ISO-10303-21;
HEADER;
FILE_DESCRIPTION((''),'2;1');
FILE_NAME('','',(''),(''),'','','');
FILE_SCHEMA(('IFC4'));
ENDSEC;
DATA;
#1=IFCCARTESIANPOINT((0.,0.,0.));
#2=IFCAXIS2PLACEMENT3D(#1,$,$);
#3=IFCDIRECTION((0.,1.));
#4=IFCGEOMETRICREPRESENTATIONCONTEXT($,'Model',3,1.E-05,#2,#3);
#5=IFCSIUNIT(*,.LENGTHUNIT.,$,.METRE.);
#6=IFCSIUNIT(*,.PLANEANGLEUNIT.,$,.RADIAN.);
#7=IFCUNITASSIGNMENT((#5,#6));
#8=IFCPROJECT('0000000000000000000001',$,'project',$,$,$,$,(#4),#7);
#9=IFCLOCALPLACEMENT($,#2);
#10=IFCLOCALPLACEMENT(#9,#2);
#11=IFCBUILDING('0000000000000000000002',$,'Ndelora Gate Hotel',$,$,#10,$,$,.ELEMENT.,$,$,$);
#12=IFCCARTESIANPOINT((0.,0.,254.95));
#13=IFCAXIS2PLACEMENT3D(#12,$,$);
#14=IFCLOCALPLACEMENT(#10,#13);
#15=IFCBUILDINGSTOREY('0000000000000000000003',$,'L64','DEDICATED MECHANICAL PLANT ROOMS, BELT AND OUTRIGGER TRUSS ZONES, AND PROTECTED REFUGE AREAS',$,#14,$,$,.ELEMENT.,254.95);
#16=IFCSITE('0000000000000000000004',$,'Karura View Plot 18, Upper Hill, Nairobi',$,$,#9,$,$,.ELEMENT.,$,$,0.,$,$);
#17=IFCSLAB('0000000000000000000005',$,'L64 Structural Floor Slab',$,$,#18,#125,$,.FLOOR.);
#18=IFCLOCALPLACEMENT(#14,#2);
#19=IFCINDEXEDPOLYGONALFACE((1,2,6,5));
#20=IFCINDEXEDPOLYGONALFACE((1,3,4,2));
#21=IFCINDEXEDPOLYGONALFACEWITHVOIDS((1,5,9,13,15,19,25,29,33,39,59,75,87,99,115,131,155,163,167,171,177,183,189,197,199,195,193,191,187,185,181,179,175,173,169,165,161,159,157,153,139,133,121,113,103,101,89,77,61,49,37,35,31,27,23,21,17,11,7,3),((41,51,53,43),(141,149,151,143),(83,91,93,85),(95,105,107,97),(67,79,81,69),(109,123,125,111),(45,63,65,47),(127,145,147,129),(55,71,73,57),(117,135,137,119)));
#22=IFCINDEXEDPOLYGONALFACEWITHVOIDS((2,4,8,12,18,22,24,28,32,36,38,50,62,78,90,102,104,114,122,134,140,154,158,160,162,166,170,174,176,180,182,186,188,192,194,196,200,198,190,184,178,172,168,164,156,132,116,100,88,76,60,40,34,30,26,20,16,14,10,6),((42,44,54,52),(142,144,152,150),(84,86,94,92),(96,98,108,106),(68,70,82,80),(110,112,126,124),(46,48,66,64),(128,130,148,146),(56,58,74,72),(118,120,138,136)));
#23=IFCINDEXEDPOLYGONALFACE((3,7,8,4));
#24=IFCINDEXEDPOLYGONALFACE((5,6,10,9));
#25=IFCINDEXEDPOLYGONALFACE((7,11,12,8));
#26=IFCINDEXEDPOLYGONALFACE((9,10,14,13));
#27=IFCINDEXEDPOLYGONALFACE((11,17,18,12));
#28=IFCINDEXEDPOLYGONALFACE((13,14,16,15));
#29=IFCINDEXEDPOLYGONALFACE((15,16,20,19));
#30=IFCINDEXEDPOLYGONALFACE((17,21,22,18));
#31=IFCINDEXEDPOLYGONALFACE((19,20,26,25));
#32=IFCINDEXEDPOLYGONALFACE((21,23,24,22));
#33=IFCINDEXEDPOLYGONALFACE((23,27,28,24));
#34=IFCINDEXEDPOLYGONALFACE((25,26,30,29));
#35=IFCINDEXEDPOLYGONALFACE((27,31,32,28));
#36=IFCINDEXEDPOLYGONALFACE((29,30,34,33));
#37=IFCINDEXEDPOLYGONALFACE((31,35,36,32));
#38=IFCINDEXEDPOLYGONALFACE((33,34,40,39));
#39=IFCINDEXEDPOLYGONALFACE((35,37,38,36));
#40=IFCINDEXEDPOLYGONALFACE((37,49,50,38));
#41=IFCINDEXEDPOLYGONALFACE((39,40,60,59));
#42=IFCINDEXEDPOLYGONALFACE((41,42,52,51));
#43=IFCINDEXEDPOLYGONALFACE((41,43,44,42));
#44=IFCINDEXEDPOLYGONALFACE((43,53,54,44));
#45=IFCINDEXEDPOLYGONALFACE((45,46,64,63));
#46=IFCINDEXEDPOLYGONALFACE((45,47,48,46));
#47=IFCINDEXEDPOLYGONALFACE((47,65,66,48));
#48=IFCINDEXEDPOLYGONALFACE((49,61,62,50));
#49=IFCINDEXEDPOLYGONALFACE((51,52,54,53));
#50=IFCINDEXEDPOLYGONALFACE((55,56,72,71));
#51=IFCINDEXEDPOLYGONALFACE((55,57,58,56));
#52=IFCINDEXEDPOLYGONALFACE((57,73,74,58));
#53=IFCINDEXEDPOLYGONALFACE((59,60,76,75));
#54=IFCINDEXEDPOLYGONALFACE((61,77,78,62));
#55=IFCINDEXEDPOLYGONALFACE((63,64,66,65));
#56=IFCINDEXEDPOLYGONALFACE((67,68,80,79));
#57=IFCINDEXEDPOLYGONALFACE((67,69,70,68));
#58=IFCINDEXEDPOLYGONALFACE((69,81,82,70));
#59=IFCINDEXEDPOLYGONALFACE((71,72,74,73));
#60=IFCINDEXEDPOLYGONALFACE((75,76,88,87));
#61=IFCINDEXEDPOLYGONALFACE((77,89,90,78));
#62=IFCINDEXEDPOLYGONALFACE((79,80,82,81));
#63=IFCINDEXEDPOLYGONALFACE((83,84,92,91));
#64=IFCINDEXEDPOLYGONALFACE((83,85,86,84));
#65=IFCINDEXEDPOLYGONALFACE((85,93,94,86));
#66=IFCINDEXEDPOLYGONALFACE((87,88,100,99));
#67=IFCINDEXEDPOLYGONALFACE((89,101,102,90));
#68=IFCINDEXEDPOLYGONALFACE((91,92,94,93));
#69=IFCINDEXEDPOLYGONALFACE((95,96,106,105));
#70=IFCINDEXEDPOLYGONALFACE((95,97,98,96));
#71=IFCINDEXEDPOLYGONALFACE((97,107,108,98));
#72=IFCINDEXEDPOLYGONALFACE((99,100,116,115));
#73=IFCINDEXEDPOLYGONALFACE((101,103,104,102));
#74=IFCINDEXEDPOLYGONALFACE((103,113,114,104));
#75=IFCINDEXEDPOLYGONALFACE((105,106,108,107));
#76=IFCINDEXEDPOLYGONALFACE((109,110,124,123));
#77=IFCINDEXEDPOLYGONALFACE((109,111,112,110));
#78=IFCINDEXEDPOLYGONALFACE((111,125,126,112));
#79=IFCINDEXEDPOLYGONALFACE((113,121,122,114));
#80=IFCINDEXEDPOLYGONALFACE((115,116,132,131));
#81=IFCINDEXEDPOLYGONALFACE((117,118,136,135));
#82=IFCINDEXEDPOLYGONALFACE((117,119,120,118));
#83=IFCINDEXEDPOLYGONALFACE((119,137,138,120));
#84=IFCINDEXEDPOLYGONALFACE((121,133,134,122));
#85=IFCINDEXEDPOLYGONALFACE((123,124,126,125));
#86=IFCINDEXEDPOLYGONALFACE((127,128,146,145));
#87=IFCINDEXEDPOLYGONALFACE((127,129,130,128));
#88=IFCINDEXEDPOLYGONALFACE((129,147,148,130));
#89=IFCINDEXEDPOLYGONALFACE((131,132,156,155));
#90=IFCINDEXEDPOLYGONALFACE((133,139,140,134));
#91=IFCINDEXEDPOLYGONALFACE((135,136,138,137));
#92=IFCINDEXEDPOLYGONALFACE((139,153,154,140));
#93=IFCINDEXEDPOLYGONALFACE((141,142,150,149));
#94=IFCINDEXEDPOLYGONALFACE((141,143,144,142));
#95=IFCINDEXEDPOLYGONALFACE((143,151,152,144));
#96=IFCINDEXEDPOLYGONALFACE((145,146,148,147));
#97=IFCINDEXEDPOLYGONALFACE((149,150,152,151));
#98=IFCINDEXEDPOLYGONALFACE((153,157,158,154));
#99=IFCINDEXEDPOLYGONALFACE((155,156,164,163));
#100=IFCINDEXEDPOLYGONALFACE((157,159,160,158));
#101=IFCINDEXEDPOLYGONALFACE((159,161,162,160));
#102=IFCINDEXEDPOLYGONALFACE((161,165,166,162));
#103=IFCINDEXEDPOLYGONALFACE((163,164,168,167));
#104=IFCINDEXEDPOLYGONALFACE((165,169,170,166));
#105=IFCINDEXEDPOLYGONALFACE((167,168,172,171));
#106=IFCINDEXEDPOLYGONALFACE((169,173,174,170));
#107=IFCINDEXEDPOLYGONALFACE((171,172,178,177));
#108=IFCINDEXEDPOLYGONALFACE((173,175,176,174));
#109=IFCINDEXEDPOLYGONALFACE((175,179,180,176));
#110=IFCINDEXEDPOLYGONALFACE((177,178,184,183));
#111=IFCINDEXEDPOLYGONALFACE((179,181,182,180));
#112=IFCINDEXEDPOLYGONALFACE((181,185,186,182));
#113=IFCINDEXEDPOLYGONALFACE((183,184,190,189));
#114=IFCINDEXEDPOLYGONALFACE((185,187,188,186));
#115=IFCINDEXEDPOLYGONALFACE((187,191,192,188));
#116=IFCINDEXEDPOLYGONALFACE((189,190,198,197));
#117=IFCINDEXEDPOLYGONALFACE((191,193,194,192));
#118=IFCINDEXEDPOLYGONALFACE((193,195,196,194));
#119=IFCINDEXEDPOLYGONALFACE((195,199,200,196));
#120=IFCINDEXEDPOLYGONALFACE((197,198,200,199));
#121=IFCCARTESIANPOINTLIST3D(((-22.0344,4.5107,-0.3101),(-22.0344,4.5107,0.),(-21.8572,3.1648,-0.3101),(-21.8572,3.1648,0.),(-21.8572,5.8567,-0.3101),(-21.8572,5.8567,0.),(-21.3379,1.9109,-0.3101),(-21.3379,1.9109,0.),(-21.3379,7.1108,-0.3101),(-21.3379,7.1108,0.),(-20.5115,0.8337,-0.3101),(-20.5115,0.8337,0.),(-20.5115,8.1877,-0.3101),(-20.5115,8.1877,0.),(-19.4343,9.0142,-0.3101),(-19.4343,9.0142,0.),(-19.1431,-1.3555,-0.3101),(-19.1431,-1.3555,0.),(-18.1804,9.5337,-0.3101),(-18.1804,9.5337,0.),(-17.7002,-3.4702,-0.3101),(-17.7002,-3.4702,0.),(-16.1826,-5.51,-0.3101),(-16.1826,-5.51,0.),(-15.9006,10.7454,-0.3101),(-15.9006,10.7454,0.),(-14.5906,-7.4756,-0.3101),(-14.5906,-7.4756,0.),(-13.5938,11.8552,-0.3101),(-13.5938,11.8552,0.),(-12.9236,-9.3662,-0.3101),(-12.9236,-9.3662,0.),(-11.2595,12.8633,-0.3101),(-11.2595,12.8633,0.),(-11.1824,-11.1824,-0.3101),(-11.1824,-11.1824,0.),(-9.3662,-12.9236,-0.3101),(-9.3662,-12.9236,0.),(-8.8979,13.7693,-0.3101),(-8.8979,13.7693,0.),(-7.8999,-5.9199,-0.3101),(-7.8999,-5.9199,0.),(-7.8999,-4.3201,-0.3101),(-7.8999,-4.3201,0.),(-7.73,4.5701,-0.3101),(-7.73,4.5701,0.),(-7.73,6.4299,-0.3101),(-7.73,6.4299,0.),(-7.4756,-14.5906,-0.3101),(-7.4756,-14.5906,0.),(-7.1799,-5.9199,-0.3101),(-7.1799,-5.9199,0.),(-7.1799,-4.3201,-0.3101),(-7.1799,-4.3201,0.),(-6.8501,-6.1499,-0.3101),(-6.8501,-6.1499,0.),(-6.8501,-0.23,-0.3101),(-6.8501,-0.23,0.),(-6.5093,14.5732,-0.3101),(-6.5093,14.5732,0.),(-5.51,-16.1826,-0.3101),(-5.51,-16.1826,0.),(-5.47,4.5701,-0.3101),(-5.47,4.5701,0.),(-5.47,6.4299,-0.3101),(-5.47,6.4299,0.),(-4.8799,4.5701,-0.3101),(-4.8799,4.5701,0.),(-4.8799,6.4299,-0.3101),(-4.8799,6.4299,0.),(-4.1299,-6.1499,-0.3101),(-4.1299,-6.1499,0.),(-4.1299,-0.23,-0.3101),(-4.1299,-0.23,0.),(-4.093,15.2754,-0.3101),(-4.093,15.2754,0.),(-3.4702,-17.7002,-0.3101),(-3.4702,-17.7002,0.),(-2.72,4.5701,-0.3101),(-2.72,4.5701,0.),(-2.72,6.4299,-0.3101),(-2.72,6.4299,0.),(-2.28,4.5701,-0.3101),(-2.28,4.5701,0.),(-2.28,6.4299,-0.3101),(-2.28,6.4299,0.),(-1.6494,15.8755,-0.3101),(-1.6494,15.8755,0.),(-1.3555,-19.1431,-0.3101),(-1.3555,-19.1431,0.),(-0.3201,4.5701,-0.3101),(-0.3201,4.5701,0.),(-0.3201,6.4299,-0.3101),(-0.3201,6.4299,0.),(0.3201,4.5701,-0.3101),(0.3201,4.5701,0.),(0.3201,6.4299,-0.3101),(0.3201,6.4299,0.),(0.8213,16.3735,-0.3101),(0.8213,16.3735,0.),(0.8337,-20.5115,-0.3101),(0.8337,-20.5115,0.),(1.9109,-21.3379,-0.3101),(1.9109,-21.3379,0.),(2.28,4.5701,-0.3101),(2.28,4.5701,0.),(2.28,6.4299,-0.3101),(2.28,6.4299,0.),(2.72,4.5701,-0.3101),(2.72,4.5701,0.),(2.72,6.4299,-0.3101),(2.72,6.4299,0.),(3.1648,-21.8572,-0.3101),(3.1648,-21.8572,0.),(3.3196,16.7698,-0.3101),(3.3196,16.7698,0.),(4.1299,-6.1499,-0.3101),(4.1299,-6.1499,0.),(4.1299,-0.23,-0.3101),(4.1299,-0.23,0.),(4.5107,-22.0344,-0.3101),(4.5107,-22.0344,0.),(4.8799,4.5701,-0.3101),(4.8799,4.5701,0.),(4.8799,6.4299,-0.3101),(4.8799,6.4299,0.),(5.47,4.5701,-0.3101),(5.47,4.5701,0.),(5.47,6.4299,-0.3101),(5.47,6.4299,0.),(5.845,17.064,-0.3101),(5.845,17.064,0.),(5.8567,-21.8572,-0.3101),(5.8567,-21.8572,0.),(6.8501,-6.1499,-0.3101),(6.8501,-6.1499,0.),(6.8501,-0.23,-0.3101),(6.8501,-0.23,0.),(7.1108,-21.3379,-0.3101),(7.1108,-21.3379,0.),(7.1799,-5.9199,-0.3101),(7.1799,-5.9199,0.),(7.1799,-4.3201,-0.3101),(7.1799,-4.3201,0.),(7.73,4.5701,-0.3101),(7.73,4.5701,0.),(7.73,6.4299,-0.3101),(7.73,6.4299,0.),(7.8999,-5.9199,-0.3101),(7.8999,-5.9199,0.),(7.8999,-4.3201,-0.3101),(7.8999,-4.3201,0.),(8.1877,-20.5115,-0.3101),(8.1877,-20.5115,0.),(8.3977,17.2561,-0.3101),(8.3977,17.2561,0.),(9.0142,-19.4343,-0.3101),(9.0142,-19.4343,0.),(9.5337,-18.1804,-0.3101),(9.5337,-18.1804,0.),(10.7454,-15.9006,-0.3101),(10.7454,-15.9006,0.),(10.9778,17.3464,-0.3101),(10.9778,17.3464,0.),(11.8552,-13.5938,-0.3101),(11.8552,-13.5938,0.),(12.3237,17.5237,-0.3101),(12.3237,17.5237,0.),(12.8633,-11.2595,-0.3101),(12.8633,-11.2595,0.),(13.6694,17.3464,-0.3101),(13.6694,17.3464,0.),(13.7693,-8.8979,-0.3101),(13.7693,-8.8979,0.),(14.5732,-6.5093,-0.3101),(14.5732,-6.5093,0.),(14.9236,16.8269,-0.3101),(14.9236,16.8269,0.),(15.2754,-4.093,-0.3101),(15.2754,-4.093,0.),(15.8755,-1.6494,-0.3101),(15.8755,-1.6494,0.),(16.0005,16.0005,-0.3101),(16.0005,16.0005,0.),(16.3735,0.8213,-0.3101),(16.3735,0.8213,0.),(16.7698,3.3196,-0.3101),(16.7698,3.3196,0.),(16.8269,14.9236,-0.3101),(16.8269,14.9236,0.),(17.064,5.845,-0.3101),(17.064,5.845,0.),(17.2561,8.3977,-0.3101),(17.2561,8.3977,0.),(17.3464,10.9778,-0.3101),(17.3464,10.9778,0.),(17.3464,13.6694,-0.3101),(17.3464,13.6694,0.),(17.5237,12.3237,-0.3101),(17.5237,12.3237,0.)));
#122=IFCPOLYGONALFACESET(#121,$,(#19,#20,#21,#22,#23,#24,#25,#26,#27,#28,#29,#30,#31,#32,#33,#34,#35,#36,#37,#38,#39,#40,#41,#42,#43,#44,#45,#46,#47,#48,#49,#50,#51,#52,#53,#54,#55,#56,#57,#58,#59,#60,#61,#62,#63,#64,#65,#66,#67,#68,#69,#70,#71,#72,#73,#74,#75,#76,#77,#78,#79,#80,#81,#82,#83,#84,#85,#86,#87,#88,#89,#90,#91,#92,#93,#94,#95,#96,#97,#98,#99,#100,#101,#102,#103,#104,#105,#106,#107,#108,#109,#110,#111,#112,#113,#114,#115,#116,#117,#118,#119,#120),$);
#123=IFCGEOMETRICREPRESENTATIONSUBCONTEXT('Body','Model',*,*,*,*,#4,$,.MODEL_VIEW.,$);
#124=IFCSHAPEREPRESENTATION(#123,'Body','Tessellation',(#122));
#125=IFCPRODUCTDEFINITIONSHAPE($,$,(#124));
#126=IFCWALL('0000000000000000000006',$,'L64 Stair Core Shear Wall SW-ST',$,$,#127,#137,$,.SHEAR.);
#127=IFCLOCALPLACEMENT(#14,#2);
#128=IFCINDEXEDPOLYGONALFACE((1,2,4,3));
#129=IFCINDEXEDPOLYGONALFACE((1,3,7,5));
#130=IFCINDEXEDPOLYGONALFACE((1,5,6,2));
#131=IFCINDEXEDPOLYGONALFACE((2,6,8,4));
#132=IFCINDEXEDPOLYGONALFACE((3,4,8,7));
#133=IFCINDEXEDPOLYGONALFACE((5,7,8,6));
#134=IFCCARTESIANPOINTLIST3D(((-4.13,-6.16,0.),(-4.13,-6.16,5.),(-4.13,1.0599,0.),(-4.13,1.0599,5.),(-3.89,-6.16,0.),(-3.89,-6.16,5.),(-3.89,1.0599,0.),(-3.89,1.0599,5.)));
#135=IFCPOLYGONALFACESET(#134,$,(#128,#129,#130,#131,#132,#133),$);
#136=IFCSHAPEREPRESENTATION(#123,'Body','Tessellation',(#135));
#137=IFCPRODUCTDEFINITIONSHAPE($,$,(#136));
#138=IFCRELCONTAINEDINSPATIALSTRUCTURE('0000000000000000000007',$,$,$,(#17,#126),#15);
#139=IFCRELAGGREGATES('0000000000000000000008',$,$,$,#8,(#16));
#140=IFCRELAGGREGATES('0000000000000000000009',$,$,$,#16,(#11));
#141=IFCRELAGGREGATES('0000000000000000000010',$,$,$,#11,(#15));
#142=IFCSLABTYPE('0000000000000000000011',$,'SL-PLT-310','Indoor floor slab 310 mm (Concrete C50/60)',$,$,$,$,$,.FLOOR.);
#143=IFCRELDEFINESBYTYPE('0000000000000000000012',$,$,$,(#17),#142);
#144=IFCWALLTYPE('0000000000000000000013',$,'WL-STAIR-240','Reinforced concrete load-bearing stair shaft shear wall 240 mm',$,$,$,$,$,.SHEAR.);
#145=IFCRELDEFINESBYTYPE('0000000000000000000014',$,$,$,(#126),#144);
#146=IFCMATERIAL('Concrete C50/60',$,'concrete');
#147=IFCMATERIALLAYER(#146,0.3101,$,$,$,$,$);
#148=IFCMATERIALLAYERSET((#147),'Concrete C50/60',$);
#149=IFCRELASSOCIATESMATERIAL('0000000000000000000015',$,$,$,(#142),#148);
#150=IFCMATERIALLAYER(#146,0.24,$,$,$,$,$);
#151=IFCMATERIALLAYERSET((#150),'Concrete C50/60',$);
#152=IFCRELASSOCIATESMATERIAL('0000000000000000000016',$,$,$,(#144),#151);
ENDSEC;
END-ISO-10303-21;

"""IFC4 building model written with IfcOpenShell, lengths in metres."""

from ifc_helpers import new_model, si_unit, direction, frame, frame_2d, origin, place, context, subcontext, project, spatial, polyline, rectangle, outline, extrude, material, layer, layer_set, type_object, element, save


model = new_model("IFC4")

# Units and contexts
model_context = context("Model", 3, precision=1e-05, world=origin(), true_north=direction((0.0, 1.0)))
body_context = subcontext(model_context, "Body", "Model", "MODEL_VIEW")
ifc_project = project(units=[si_unit("LENGTHUNIT", "METRE"), si_unit("PLANEANGLEUNIT", "RADIAN")], contexts=[model_context])

# Site, building, storey
site_placement = place(None, origin())
site = spatial("IfcSite", under=ifc_project, at=site_placement, Name="Karura View Plot 18, Upper Hill, Nairobi", CompositionType="ELEMENT", RefElevation=0.0)
building_placement = place(site_placement, origin())
building = spatial("IfcBuilding", under=site, at=building_placement, Name="Ndelora Gate Hotel", CompositionType="ELEMENT")
storey_placement = place(building_placement, frame((0.0, 0.0, 254.95)))
storey = spatial("IfcBuildingStorey", under=building, at=storey_placement, Name="L64", Description="DEDICATED MECHANICAL PLANT ROOMS, BELT AND OUTRIGGER TRUSS ZONES, AND PROTECTED REFUGE AREAS", CompositionType="ELEMENT", Elevation=254.95)

# Slab
ifc_material_1 = material(Name="Concrete C50/60", Category="concrete")
ifc_layer_1 = layer(ifc_material_1, 0.3101)
ifc_layer_set_1 = layer_set([ifc_layer_1], Name="Concrete C50/60")
slab_type_1 = type_object("IfcSlabType", Name="SL-PLT-310", Description="Indoor floor slab 310 mm (Concrete C50/60)", PredefinedType="FLOOR", material=ifc_layer_set_1)
slab_1_placement = place(storey_placement, frame((0.0, 0.0, -0.3101)))
element("IfcSlab", 1, at=slab_1_placement, inside=storey, type_object=slab_type_1, Name="L64 Structural Floor Slab", PredefinedType="FLOOR", context=body_context, shape_type="SweptSolid", body=[
    extrude(outline(polyline([(-18.1804, 9.5337), (-19.4343, 9.0142), (-20.5115, 8.1877), (-21.3379, 7.1108), (-21.8572, 5.8567), (-22.0344, 4.5107), (-21.8572, 3.1648), (-21.3379, 1.9109), (-20.5115, 0.8337), (-19.1431, -1.3555), (-17.7002, -3.4702), (-16.1826, -5.51), (-14.5906, -7.4756), (-12.9236, -9.3662), (-11.1824, -11.1824), (-9.3662, -12.9236), (-7.4756, -14.5906), (-5.51, -16.1826), (-3.4702, -17.7002), (-1.3555, -19.1431), (0.8337, -20.5115), (1.9109, -21.3379), (3.1648, -21.8572), (4.5107, -22.0344), (5.8567, -21.8572), (7.1108, -21.3379), (8.1877, -20.5115), (9.0142, -19.4343), (9.5337, -18.1804), (10.7454, -15.9006), (11.8552, -13.5938), (12.8633, -11.2595), (13.7693, -8.8979), (14.5732, -6.5093), (15.2754, -4.093), (15.8755, -1.6494), (16.3735, 0.8213), (16.7698, 3.3196), (17.064, 5.845), (17.2561, 8.3977), (17.3464, 10.9778), (17.5237, 12.3237), (17.3464, 13.6694), (16.8269, 14.9236), (16.0005, 16.0005), (14.9236, 16.8269), (13.6694, 17.3464), (12.3237, 17.5237), (10.9778, 17.3464), (8.3977, 17.2561), (5.845, 17.064), (3.3196, 16.7698), (0.8213, 16.3735), (-1.6494, 15.8755), (-4.093, 15.2754), (-6.5093, 14.5732), (-8.8979, 13.7693), (-11.2595, 12.8633), (-13.5938, 11.8552), (-15.9006, 10.7454), (-18.1804, 9.5337)]), holes=[polyline([(-6.8501, -0.23), (-6.8501, -6.1499), (-4.1299, -6.1499), (-4.1299, -0.23), (-6.8501, -0.23)]), polyline([(4.1299, -0.23), (4.1299, -6.1499), (6.8501, -6.1499), (6.8501, -0.23), (4.1299, -0.23)]), polyline([(-7.73, 4.5701), (-5.47, 4.5701), (-5.47, 6.4299), (-7.73, 6.4299), (-7.73, 4.5701)]), polyline([(5.47, 4.5701), (7.73, 4.5701), (7.73, 6.4299), (5.47, 6.4299), (5.47, 4.5701)]), polyline([(-4.8799, 4.5701), (-2.72, 4.5701), (-2.72, 6.4299), (-4.8799, 6.4299), (-4.8799, 4.5701)]), polyline([(2.72, 4.5701), (4.8799, 4.5701), (4.8799, 6.4299), (2.72, 6.4299), (2.72, 4.5701)]), polyline([(-2.28, 4.5701), (-0.3201, 4.5701), (-0.3201, 6.4299), (-2.28, 6.4299), (-2.28, 4.5701)]), polyline([(0.3201, 4.5701), (2.28, 4.5701), (2.28, 6.4299), (0.3201, 6.4299), (0.3201, 4.5701)]), polyline([(-7.8999, -5.9199), (-7.1799, -5.9199), (-7.1799, -4.3201), (-7.8999, -4.3201), (-7.8999, -5.9199)]), polyline([(7.1799, -5.9199), (7.8999, -5.9199), (7.8999, -4.3201), (7.1799, -4.3201), (7.1799, -5.9199)])]), origin(), (0.0, 0.0, 1.0), 0.3101),
])

# Wall
ifc_layer_2 = layer(ifc_material_1, 0.24)
ifc_layer_set_2 = layer_set([ifc_layer_2], Name="Concrete C50/60")
wall_type_1 = type_object("IfcWallType", Name="WL-STAIR-240", Description="Reinforced concrete load-bearing stair shaft shear wall 240 mm", PredefinedType="SHEAR", material=ifc_layer_set_2)
wall_1_placement = place(storey_placement, frame((-4.01, -6.1599, 0.0), z_axis=(0.0, 0.0, 1.0), x_axis=(0.0, 1.0, 0.0)))
element("IfcWall", 2, at=wall_1_placement, inside=storey, type_object=wall_type_1, Name="L64 Stair Core Shear Wall SW-ST", PredefinedType="SHEAR", context=body_context, shape_type="SweptSolid", body=[
    extrude(rectangle(XDim=7.22, YDim=0.24, at=frame_2d((3.6099, 0.0))), origin(), (0.0, 0.0, 1.0), 5.0),
])

save(model, "model.ifc")
